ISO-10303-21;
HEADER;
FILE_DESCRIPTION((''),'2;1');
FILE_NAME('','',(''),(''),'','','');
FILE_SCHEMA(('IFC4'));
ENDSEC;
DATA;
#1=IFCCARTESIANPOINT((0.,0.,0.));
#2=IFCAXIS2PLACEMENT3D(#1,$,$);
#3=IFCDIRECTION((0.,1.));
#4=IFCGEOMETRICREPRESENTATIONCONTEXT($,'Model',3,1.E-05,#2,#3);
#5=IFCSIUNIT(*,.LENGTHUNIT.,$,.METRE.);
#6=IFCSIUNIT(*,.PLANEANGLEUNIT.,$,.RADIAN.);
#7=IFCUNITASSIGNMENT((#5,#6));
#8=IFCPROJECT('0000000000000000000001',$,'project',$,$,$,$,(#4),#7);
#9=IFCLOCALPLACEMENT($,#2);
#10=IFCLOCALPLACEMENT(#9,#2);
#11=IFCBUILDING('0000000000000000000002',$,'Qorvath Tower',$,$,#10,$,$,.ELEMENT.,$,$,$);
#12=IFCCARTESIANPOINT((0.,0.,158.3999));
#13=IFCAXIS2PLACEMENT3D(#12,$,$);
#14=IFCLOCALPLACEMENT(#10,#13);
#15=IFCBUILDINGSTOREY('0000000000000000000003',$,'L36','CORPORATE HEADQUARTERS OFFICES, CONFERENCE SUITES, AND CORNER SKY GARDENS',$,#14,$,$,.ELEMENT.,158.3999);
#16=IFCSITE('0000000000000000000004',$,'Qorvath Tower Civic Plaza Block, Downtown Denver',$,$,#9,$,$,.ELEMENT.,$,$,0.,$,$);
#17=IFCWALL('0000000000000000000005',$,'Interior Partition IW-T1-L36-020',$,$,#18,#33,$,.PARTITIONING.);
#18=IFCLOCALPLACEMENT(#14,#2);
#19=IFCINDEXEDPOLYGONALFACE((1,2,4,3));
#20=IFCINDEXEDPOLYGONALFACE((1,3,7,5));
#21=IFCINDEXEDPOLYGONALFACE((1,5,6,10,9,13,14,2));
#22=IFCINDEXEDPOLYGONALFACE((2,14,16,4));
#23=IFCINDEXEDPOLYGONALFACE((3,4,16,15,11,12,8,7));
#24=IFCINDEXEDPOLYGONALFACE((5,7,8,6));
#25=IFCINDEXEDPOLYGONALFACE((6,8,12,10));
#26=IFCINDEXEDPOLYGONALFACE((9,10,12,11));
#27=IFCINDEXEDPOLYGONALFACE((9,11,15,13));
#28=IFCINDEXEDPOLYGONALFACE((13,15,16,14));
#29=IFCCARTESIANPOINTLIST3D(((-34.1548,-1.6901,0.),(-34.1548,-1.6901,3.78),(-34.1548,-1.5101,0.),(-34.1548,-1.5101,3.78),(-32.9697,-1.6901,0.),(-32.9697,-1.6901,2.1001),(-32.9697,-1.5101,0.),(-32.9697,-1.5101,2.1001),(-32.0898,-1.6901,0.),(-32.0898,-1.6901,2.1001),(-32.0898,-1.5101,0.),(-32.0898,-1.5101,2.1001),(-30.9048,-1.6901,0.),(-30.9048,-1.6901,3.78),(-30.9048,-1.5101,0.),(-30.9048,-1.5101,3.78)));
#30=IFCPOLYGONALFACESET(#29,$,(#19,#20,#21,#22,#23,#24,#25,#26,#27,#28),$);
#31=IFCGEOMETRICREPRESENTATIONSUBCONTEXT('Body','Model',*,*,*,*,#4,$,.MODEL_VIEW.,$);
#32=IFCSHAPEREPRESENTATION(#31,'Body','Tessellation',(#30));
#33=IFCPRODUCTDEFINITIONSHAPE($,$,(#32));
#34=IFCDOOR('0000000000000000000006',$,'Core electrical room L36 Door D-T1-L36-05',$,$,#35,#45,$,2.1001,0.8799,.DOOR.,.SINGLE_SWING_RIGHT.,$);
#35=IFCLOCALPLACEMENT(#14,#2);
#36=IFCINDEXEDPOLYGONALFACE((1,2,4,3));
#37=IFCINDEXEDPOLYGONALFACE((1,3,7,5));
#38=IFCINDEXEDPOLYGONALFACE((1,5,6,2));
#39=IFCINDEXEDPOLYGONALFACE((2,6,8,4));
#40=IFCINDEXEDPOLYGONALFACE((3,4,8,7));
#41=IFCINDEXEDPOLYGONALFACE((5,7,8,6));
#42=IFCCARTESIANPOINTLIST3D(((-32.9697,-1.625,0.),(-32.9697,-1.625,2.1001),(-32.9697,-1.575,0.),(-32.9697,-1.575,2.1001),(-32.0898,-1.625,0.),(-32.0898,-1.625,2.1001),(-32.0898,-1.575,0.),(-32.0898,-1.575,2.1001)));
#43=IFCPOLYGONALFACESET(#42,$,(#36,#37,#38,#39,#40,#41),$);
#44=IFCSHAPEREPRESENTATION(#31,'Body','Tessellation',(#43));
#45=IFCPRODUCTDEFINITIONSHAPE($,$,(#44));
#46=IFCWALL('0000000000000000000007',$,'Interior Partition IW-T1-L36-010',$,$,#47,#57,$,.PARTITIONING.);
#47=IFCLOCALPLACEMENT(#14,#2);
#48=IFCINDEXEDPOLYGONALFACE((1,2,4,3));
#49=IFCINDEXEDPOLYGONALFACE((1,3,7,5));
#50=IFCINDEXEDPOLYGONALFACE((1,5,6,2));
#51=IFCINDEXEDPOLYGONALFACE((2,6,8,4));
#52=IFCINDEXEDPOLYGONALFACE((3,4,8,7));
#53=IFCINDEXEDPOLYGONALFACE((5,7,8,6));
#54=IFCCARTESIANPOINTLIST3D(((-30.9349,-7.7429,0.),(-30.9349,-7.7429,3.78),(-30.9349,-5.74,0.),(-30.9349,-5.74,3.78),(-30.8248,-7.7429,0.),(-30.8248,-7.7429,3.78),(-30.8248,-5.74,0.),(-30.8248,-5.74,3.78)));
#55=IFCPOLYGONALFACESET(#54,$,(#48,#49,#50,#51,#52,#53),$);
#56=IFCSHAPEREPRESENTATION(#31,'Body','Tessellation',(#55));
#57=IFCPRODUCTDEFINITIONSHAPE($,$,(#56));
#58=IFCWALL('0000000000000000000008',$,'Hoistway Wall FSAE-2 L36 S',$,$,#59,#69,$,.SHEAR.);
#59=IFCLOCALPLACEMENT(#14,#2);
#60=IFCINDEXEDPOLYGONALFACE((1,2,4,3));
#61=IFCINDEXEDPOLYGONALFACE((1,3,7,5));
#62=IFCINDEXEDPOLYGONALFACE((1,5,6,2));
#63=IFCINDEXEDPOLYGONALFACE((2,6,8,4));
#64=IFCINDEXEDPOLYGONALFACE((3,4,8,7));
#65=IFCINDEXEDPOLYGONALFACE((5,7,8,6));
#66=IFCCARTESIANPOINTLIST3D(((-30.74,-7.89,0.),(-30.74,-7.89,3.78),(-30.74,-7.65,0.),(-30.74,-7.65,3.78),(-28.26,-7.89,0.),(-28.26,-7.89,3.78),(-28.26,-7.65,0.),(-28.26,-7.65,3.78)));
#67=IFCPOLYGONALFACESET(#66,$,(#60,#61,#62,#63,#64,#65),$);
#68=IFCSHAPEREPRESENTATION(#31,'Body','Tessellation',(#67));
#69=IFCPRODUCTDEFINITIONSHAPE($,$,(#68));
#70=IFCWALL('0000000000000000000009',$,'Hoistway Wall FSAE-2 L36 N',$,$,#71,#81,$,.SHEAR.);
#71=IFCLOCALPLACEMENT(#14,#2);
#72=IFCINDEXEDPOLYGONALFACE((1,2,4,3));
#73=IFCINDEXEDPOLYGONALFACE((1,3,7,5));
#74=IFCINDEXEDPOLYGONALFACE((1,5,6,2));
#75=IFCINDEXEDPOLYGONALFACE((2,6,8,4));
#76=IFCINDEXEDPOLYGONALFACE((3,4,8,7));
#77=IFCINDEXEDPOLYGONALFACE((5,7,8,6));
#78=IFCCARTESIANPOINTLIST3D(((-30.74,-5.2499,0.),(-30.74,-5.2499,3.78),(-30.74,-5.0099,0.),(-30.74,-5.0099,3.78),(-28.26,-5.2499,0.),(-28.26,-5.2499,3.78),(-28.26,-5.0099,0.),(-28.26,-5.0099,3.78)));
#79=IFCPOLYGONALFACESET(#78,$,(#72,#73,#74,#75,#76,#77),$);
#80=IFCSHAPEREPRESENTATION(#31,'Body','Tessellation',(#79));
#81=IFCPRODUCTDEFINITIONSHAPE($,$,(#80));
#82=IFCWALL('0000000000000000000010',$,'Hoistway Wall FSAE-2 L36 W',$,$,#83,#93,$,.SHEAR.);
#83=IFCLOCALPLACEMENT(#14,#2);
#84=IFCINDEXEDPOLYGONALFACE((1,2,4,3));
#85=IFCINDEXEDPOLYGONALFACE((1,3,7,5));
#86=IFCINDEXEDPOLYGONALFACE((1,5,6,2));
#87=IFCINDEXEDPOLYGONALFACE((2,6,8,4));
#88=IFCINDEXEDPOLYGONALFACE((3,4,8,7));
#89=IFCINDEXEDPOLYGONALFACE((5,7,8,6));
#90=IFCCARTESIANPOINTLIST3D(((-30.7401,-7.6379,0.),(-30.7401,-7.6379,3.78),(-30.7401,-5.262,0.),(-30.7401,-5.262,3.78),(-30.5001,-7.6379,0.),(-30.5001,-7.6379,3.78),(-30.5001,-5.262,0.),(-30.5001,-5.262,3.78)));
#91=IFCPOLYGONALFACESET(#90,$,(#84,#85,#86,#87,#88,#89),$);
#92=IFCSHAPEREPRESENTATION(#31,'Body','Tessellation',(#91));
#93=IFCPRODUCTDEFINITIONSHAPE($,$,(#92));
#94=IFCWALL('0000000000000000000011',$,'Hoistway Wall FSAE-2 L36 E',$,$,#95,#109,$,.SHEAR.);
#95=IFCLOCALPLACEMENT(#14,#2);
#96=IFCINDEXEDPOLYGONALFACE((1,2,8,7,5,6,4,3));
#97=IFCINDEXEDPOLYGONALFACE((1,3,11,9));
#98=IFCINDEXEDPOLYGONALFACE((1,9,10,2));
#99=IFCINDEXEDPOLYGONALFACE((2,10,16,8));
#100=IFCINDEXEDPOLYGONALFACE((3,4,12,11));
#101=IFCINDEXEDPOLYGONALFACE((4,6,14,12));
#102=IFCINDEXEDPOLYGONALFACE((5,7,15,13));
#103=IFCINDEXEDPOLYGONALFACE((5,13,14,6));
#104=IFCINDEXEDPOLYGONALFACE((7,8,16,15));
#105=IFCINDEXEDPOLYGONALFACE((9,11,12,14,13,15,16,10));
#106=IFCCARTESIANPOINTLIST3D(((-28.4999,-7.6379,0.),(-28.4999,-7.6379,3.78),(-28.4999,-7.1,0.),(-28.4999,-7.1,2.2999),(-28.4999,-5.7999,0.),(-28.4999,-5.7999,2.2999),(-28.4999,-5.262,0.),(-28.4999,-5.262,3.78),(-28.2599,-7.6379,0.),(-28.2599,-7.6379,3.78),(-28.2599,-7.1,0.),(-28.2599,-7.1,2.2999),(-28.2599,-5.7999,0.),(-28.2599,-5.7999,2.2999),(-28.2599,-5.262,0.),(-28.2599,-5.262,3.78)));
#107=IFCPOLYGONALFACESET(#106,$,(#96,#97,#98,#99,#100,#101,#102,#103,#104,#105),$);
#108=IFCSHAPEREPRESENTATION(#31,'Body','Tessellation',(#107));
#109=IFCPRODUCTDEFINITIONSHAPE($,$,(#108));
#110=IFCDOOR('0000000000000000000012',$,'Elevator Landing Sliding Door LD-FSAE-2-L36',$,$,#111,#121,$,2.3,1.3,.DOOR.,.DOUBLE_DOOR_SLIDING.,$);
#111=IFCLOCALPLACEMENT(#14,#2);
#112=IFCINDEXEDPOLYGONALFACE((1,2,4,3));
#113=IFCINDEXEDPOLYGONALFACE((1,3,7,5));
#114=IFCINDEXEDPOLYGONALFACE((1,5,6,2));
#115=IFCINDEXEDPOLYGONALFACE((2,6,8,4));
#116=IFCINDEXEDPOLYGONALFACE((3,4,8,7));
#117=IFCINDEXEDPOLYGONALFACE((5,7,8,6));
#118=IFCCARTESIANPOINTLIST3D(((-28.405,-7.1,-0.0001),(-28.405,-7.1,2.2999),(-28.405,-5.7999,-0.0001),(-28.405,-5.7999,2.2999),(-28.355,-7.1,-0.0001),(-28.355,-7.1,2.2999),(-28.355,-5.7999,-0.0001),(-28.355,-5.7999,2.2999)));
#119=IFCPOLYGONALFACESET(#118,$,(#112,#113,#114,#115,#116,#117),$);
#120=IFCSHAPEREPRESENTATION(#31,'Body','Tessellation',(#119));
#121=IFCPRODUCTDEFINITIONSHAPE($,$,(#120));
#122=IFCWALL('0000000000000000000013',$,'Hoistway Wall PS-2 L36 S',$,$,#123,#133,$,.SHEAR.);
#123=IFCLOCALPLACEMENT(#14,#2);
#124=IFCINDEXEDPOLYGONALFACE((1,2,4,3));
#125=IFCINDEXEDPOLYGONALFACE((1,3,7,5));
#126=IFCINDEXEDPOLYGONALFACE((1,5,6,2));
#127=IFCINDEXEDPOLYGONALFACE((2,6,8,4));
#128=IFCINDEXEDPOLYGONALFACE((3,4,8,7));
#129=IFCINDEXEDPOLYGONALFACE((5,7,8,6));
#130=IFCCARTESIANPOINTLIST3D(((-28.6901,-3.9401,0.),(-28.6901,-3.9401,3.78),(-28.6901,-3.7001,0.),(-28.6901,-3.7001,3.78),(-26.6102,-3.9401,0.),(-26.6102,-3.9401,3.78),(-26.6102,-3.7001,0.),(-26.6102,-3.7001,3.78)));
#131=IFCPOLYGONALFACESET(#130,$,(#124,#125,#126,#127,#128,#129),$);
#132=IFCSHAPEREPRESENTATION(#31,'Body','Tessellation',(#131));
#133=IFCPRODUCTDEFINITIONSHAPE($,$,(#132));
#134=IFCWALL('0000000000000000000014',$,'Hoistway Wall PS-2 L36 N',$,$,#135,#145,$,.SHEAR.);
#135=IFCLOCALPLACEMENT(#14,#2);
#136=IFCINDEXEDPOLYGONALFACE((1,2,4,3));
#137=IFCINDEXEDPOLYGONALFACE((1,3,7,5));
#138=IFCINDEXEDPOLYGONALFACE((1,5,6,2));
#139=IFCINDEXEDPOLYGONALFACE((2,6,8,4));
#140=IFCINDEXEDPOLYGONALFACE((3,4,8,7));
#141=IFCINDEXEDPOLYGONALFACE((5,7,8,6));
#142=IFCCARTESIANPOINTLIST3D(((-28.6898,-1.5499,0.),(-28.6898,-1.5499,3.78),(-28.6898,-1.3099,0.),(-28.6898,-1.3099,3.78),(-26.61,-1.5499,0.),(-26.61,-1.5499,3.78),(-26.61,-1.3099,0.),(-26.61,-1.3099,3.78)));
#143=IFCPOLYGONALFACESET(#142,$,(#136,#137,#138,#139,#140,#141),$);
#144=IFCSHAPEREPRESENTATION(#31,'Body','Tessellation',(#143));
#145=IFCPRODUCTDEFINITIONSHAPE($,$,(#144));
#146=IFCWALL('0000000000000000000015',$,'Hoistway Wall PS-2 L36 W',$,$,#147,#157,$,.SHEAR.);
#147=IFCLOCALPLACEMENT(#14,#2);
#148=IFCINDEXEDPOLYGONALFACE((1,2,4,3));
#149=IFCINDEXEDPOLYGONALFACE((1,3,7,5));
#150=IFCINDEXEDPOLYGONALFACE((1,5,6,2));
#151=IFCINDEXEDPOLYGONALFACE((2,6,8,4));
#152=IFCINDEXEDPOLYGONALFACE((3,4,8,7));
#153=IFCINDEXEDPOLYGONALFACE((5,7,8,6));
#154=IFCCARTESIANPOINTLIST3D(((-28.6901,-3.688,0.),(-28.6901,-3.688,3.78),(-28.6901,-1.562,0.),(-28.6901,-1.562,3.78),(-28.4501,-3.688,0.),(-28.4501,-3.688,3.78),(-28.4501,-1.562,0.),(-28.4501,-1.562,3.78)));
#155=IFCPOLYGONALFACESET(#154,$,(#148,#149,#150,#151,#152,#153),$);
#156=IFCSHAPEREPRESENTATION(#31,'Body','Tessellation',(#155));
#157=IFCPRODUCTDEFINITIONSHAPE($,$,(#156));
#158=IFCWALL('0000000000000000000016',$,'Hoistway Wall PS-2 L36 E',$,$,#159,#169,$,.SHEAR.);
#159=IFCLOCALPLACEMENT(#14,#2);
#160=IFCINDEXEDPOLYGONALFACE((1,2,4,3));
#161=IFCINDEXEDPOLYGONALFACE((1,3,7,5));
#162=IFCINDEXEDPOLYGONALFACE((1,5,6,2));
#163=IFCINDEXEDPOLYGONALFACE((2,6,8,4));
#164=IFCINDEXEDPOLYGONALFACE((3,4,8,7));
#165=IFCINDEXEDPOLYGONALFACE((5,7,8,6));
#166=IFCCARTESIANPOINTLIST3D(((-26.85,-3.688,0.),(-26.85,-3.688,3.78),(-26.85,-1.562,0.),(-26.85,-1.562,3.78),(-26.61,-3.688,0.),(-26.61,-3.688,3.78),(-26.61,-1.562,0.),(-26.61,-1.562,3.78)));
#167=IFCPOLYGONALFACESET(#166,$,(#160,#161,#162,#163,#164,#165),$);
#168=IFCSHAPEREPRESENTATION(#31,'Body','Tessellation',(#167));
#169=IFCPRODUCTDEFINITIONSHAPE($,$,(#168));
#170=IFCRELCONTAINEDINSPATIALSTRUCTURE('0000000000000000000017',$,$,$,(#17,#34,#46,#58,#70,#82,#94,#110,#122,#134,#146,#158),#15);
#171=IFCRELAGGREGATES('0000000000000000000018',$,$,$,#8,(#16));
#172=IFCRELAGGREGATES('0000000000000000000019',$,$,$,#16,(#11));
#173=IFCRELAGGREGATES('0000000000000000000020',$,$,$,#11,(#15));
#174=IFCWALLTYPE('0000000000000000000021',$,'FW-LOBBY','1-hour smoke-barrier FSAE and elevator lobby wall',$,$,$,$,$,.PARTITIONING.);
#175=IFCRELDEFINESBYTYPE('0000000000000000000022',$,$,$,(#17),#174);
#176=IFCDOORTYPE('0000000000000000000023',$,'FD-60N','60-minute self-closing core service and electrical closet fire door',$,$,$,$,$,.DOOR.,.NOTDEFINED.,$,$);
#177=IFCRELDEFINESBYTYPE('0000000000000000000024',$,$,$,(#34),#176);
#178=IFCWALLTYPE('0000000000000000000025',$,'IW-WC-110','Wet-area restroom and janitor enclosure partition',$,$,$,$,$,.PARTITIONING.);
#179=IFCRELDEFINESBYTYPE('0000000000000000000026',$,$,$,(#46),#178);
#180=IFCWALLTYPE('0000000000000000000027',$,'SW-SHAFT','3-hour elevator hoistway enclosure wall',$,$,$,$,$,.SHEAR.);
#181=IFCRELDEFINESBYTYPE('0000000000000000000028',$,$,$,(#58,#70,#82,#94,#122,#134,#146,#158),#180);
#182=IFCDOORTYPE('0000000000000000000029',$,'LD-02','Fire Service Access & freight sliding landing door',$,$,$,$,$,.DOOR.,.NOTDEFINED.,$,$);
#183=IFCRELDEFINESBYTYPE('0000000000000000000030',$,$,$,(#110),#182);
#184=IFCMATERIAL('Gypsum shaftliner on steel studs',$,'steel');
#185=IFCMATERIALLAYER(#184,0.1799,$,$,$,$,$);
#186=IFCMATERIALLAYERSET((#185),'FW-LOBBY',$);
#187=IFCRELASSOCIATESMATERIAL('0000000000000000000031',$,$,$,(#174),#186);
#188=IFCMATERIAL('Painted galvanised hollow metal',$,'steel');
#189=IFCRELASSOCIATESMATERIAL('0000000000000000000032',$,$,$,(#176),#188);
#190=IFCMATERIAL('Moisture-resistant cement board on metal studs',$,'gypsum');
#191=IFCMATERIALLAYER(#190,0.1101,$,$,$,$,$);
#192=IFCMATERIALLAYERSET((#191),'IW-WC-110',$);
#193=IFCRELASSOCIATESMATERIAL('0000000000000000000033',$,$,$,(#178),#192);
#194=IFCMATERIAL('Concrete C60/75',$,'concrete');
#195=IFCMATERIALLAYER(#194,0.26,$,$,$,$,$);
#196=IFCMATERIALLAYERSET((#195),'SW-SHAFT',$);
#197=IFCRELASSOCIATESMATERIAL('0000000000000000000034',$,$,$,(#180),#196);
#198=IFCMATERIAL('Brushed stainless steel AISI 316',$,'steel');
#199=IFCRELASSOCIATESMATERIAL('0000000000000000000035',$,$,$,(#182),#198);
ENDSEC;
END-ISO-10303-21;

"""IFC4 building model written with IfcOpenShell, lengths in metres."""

from ifc_helpers import new_model, si_unit, direction, frame, frame_2d, origin, place, context, subcontext, project, spatial, rectangle, extrude, material, layer, layer_set, type_object, element, fill, save


model = new_model("IFC4")

# Units and contexts
model_context = context("Model", 3, precision=1e-05, world=origin(), true_north=direction((0.0, 1.0)))
body_context = subcontext(model_context, "Body", "Model", "MODEL_VIEW")
ifc_project = project(units=[si_unit("LENGTHUNIT", "METRE"), si_unit("PLANEANGLEUNIT", "RADIAN")], contexts=[model_context])

# Site, building, storey
site_placement = place(None, origin())
site = spatial("IfcSite", under=ifc_project, at=site_placement, Name="Qorvath Tower Civic Plaza Block, Downtown Denver", CompositionType="ELEMENT", RefElevation=0.0)
building_placement = place(site_placement, origin())
building = spatial("IfcBuilding", under=site, at=building_placement, Name="Qorvath Tower", CompositionType="ELEMENT")
storey_placement = place(building_placement, frame((0.0, 0.0, 158.3999)))
storey = spatial("IfcBuildingStorey", under=building, at=storey_placement, Name="L36", Description="CORPORATE HEADQUARTERS OFFICES, CONFERENCE SUITES, AND CORNER SKY GARDENS", CompositionType="ELEMENT", Elevation=158.3999)

# Shared definitions
ifc_material_1 = material(Name="Gypsum shaftliner on steel studs", Category="steel")
ifc_layer_1 = layer(ifc_material_1, 0.1799)
ifc_layer_set_1 = layer_set([ifc_layer_1], Name="FW-LOBBY")
wall_type_1 = type_object("IfcWallType", Name="FW-LOBBY", Description="1-hour smoke-barrier FSAE and elevator lobby wall", PredefinedType="PARTITIONING", material=ifc_layer_set_1)

# Wall, opening, door
wall_1_placement = place(storey_placement, frame((-30.9048, -1.6001, 0.0), z_axis=(0.0, 0.0, 1.0), x_axis=(-1.0, 0.0, 0.0)))
wall_1 = element("IfcWall", 1, at=wall_1_placement, inside=storey, type_object=wall_type_1, Name="Interior Partition IW-T1-L36-020", PredefinedType="PARTITIONING", context=body_context, shape_type="SweptSolid", body=[
    extrude(rectangle(XDim=3.25, YDim=0.1799, at=frame_2d((1.625, 0.0))), origin(), (0.0, 0.0, 1.0), 3.78),
])
opening_1_placement = place(wall_1_placement, frame((1.1851, 0.0, 0.0)))
opening_1 = element("IfcOpeningElement", 2, at=opening_1_placement, cuts=wall_1, PredefinedType="OPENING", context=body_context, shape_type="SweptSolid", body=[
    extrude(rectangle(XDim=0.8799, YDim=2.1001, at=frame_2d((0.4399, 1.05))), frame((0.0, 0.1001, 0.0), z_axis=(0.0, -1.0, 0.0), x_axis=(1.0, 0.0, 0.0)), (0.0, 0.0, 1.0), 0.2),
])
ifc_material_2 = material(Name="Painted galvanised hollow metal", Category="steel")
door_type_1 = type_object("IfcDoorType", Name="FD-60N", Description="60-minute self-closing core service and electrical closet fire door", OperationType="NOTDEFINED", PredefinedType="DOOR", material=ifc_material_2)
door_1_placement = place(opening_1_placement, origin())
door_1 = element("IfcDoor", 3, at=door_1_placement, inside=storey, type_object=door_type_1, Name="Core electrical room L36 Door D-T1-L36-05", OperationType="SINGLE_SWING_RIGHT", OverallHeight=2.1001, OverallWidth=0.8799, PredefinedType="DOOR", context=body_context, shape_type="SweptSolid", body=[
    extrude(rectangle(XDim=0.8799, YDim=2.1001, at=frame_2d((0.4399, 1.05))), frame((0.0, 0.0249, 0.0), z_axis=(0.0, -1.0, 0.0), x_axis=(1.0, 0.0, 0.0)), (0.0, 0.0, 1.0), 0.05),
])
fill(opening_1, door_1)

# Walls
ifc_material_3 = material(Name="Moisture-resistant cement board on metal studs", Category="gypsum")
ifc_layer_2 = layer(ifc_material_3, 0.1101)
ifc_layer_set_2 = layer_set([ifc_layer_2], Name="IW-WC-110")
wall_type_2 = type_object("IfcWallType", Name="IW-WC-110", Description="Wet-area restroom and janitor enclosure partition", PredefinedType="PARTITIONING", material=ifc_layer_set_2)
wall_2_placement = place(storey_placement, frame((-30.8799, -7.7429, 0.0), z_axis=(0.0, 0.0, 1.0), x_axis=(0.0, 1.0, 0.0)))
element("IfcWall", 4, at=wall_2_placement, inside=storey, type_object=wall_type_2, Name="Interior Partition IW-T1-L36-010", PredefinedType="PARTITIONING", context=body_context, shape_type="SweptSolid", body=[
    extrude(rectangle(XDim=2.0029, YDim=0.1101, at=frame_2d((1.0015, 0.0))), origin(), (0.0, 0.0, 1.0), 3.78),
])
ifc_material_4 = material(Name="Concrete C60/75", Category="concrete")
ifc_layer_3 = layer(ifc_material_4, 0.26)
ifc_layer_set_3 = layer_set([ifc_layer_3], Name="SW-SHAFT")
wall_type_3 = type_object("IfcWallType", Name="SW-SHAFT", Description="3-hour elevator hoistway enclosure wall", PredefinedType="SHEAR", material=ifc_layer_set_3)
for number, where, z_axis, x_axis, name in (
    (5, (-28.26, -7.77, 0.0), (0.0, 0.0, 1.0), (-1.0, 0.0, 0.0), "Hoistway Wall FSAE-2 L36 S"),
    (6, (-30.74, -5.1299, 0.0), (0.0, 0.0, 1.0), (1.0, 0.0, 0.0), "Hoistway Wall FSAE-2 L36 N"),
):
    element("IfcWall", number, at=place(storey_placement, frame(where, z_axis=z_axis, x_axis=x_axis)), inside=storey, type_object=wall_type_3, Name=name, PredefinedType="SHEAR", context=body_context, shape_type="SweptSolid", body=[
        extrude(rectangle(XDim=2.48, YDim=0.24, at=frame_2d((1.24, 0.0))), origin(), (0.0, 0.0, 1.0), 3.78),
    ])
wall_3_placement = place(storey_placement, frame((-30.6201, -7.6379, 0.0), z_axis=(0.0, 0.0, 1.0), x_axis=(0.0, 1.0, 0.0)))
element("IfcWall", 7, at=wall_3_placement, inside=storey, type_object=wall_type_3, Name="Hoistway Wall FSAE-2 L36 W", PredefinedType="SHEAR", context=body_context, shape_type="SweptSolid", body=[
    extrude(rectangle(XDim=2.376, YDim=0.24, at=frame_2d((1.188, 0.0))), origin(), (0.0, 0.0, 1.0), 3.78),
])

# Wall, opening, door
wall_4_placement = place(storey_placement, frame((-28.3799, -5.262, 0.0), z_axis=(0.0, 0.0, 1.0), x_axis=(0.0, -1.0, 0.0)))
wall_4 = element("IfcWall", 8, at=wall_4_placement, inside=storey, type_object=wall_type_3, Name="Hoistway Wall FSAE-2 L36 E", PredefinedType="SHEAR", context=body_context, shape_type="SweptSolid", body=[
    extrude(rectangle(XDim=2.376, YDim=0.24, at=frame_2d((1.188, 0.0))), origin(), (0.0, 0.0, 1.0), 3.78),
])
opening_2_placement = place(wall_4_placement, frame((0.5381, 0.0, 0.0)))
opening_2 = element("IfcOpeningElement", 9, at=opening_2_placement, cuts=wall_4, PredefinedType="OPENING", context=body_context, shape_type="SweptSolid", body=[
    extrude(rectangle(XDim=1.3, YDim=2.3, at=frame_2d((0.6499, 1.1499))), frame((0.0, 0.1299, 0.0), z_axis=(0.0, -1.0, 0.0), x_axis=(1.0, 0.0, 0.0)), (0.0, 0.0, 1.0), 0.26),
])
ifc_material_5 = material(Name="Brushed stainless steel AISI 316", Category="steel")
door_type_2 = type_object("IfcDoorType", Name="LD-02", Description="Fire Service Access & freight sliding landing door", OperationType="NOTDEFINED", PredefinedType="DOOR", material=ifc_material_5)
door_2_placement = place(opening_2_placement, origin())
door_2 = element("IfcDoor", 10, at=door_2_placement, inside=storey, type_object=door_type_2, Name="Elevator Landing Sliding Door LD-FSAE-2-L36", OperationType="DOUBLE_DOOR_SLIDING", OverallHeight=2.3, OverallWidth=1.3, PredefinedType="DOOR", context=body_context, shape_type="SweptSolid", body=[
    extrude(rectangle(XDim=1.3, YDim=2.3, at=frame_2d((0.6499, 1.1499))), frame((0.0, 0.0249, 0.0), z_axis=(0.0, -1.0, 0.0), x_axis=(1.0, 0.0, 0.0)), (0.0, 0.0, 1.0), 0.05),
])
fill(opening_2, door_2)

# Walls
for number, where, z_axis, x_axis, name in (
    (11, (-26.6101, -3.8201, 0.0), (0.0, 0.0, 1.0), (-1.0, 0.0, 0.0), "Hoistway Wall PS-2 L36 S"),
    (12, (-28.6899, -1.4299, 0.0), (0.0, 0.0, 1.0), (1.0, 0.0, 0.0), "Hoistway Wall PS-2 L36 N"),
):
    element("IfcWall", number, at=place(storey_placement, frame(where, z_axis=z_axis, x_axis=x_axis)), inside=storey, type_object=wall_type_3, Name=name, PredefinedType="SHEAR", context=body_context, shape_type="SweptSolid", body=[
        extrude(rectangle(XDim=2.0798, YDim=0.24, at=frame_2d((1.04, 0.0))), origin(), (0.0, 0.0, 1.0), 3.78),
    ])
for number, where, z_axis, x_axis, name in (
    (13, (-28.5701, -3.688, 0.0), (0.0, 0.0, 1.0), (0.0, 1.0, 0.0), "Hoistway Wall PS-2 L36 W"),
    (14, (-26.73, -1.562, 0.0), (0.0, 0.0, 1.0), (0.0, -1.0, 0.0), "Hoistway Wall PS-2 L36 E"),
):
    element("IfcWall", number, at=place(storey_placement, frame(where, z_axis=z_axis, x_axis=x_axis)), inside=storey, type_object=wall_type_3, Name=name, PredefinedType="SHEAR", context=body_context, shape_type="SweptSolid", body=[
        extrude(rectangle(XDim=2.126, YDim=0.24, at=frame_2d((1.063, 0.0))), origin(), (0.0, 0.0, 1.0), 3.78),
    ])

save(model, "model.ifc")
